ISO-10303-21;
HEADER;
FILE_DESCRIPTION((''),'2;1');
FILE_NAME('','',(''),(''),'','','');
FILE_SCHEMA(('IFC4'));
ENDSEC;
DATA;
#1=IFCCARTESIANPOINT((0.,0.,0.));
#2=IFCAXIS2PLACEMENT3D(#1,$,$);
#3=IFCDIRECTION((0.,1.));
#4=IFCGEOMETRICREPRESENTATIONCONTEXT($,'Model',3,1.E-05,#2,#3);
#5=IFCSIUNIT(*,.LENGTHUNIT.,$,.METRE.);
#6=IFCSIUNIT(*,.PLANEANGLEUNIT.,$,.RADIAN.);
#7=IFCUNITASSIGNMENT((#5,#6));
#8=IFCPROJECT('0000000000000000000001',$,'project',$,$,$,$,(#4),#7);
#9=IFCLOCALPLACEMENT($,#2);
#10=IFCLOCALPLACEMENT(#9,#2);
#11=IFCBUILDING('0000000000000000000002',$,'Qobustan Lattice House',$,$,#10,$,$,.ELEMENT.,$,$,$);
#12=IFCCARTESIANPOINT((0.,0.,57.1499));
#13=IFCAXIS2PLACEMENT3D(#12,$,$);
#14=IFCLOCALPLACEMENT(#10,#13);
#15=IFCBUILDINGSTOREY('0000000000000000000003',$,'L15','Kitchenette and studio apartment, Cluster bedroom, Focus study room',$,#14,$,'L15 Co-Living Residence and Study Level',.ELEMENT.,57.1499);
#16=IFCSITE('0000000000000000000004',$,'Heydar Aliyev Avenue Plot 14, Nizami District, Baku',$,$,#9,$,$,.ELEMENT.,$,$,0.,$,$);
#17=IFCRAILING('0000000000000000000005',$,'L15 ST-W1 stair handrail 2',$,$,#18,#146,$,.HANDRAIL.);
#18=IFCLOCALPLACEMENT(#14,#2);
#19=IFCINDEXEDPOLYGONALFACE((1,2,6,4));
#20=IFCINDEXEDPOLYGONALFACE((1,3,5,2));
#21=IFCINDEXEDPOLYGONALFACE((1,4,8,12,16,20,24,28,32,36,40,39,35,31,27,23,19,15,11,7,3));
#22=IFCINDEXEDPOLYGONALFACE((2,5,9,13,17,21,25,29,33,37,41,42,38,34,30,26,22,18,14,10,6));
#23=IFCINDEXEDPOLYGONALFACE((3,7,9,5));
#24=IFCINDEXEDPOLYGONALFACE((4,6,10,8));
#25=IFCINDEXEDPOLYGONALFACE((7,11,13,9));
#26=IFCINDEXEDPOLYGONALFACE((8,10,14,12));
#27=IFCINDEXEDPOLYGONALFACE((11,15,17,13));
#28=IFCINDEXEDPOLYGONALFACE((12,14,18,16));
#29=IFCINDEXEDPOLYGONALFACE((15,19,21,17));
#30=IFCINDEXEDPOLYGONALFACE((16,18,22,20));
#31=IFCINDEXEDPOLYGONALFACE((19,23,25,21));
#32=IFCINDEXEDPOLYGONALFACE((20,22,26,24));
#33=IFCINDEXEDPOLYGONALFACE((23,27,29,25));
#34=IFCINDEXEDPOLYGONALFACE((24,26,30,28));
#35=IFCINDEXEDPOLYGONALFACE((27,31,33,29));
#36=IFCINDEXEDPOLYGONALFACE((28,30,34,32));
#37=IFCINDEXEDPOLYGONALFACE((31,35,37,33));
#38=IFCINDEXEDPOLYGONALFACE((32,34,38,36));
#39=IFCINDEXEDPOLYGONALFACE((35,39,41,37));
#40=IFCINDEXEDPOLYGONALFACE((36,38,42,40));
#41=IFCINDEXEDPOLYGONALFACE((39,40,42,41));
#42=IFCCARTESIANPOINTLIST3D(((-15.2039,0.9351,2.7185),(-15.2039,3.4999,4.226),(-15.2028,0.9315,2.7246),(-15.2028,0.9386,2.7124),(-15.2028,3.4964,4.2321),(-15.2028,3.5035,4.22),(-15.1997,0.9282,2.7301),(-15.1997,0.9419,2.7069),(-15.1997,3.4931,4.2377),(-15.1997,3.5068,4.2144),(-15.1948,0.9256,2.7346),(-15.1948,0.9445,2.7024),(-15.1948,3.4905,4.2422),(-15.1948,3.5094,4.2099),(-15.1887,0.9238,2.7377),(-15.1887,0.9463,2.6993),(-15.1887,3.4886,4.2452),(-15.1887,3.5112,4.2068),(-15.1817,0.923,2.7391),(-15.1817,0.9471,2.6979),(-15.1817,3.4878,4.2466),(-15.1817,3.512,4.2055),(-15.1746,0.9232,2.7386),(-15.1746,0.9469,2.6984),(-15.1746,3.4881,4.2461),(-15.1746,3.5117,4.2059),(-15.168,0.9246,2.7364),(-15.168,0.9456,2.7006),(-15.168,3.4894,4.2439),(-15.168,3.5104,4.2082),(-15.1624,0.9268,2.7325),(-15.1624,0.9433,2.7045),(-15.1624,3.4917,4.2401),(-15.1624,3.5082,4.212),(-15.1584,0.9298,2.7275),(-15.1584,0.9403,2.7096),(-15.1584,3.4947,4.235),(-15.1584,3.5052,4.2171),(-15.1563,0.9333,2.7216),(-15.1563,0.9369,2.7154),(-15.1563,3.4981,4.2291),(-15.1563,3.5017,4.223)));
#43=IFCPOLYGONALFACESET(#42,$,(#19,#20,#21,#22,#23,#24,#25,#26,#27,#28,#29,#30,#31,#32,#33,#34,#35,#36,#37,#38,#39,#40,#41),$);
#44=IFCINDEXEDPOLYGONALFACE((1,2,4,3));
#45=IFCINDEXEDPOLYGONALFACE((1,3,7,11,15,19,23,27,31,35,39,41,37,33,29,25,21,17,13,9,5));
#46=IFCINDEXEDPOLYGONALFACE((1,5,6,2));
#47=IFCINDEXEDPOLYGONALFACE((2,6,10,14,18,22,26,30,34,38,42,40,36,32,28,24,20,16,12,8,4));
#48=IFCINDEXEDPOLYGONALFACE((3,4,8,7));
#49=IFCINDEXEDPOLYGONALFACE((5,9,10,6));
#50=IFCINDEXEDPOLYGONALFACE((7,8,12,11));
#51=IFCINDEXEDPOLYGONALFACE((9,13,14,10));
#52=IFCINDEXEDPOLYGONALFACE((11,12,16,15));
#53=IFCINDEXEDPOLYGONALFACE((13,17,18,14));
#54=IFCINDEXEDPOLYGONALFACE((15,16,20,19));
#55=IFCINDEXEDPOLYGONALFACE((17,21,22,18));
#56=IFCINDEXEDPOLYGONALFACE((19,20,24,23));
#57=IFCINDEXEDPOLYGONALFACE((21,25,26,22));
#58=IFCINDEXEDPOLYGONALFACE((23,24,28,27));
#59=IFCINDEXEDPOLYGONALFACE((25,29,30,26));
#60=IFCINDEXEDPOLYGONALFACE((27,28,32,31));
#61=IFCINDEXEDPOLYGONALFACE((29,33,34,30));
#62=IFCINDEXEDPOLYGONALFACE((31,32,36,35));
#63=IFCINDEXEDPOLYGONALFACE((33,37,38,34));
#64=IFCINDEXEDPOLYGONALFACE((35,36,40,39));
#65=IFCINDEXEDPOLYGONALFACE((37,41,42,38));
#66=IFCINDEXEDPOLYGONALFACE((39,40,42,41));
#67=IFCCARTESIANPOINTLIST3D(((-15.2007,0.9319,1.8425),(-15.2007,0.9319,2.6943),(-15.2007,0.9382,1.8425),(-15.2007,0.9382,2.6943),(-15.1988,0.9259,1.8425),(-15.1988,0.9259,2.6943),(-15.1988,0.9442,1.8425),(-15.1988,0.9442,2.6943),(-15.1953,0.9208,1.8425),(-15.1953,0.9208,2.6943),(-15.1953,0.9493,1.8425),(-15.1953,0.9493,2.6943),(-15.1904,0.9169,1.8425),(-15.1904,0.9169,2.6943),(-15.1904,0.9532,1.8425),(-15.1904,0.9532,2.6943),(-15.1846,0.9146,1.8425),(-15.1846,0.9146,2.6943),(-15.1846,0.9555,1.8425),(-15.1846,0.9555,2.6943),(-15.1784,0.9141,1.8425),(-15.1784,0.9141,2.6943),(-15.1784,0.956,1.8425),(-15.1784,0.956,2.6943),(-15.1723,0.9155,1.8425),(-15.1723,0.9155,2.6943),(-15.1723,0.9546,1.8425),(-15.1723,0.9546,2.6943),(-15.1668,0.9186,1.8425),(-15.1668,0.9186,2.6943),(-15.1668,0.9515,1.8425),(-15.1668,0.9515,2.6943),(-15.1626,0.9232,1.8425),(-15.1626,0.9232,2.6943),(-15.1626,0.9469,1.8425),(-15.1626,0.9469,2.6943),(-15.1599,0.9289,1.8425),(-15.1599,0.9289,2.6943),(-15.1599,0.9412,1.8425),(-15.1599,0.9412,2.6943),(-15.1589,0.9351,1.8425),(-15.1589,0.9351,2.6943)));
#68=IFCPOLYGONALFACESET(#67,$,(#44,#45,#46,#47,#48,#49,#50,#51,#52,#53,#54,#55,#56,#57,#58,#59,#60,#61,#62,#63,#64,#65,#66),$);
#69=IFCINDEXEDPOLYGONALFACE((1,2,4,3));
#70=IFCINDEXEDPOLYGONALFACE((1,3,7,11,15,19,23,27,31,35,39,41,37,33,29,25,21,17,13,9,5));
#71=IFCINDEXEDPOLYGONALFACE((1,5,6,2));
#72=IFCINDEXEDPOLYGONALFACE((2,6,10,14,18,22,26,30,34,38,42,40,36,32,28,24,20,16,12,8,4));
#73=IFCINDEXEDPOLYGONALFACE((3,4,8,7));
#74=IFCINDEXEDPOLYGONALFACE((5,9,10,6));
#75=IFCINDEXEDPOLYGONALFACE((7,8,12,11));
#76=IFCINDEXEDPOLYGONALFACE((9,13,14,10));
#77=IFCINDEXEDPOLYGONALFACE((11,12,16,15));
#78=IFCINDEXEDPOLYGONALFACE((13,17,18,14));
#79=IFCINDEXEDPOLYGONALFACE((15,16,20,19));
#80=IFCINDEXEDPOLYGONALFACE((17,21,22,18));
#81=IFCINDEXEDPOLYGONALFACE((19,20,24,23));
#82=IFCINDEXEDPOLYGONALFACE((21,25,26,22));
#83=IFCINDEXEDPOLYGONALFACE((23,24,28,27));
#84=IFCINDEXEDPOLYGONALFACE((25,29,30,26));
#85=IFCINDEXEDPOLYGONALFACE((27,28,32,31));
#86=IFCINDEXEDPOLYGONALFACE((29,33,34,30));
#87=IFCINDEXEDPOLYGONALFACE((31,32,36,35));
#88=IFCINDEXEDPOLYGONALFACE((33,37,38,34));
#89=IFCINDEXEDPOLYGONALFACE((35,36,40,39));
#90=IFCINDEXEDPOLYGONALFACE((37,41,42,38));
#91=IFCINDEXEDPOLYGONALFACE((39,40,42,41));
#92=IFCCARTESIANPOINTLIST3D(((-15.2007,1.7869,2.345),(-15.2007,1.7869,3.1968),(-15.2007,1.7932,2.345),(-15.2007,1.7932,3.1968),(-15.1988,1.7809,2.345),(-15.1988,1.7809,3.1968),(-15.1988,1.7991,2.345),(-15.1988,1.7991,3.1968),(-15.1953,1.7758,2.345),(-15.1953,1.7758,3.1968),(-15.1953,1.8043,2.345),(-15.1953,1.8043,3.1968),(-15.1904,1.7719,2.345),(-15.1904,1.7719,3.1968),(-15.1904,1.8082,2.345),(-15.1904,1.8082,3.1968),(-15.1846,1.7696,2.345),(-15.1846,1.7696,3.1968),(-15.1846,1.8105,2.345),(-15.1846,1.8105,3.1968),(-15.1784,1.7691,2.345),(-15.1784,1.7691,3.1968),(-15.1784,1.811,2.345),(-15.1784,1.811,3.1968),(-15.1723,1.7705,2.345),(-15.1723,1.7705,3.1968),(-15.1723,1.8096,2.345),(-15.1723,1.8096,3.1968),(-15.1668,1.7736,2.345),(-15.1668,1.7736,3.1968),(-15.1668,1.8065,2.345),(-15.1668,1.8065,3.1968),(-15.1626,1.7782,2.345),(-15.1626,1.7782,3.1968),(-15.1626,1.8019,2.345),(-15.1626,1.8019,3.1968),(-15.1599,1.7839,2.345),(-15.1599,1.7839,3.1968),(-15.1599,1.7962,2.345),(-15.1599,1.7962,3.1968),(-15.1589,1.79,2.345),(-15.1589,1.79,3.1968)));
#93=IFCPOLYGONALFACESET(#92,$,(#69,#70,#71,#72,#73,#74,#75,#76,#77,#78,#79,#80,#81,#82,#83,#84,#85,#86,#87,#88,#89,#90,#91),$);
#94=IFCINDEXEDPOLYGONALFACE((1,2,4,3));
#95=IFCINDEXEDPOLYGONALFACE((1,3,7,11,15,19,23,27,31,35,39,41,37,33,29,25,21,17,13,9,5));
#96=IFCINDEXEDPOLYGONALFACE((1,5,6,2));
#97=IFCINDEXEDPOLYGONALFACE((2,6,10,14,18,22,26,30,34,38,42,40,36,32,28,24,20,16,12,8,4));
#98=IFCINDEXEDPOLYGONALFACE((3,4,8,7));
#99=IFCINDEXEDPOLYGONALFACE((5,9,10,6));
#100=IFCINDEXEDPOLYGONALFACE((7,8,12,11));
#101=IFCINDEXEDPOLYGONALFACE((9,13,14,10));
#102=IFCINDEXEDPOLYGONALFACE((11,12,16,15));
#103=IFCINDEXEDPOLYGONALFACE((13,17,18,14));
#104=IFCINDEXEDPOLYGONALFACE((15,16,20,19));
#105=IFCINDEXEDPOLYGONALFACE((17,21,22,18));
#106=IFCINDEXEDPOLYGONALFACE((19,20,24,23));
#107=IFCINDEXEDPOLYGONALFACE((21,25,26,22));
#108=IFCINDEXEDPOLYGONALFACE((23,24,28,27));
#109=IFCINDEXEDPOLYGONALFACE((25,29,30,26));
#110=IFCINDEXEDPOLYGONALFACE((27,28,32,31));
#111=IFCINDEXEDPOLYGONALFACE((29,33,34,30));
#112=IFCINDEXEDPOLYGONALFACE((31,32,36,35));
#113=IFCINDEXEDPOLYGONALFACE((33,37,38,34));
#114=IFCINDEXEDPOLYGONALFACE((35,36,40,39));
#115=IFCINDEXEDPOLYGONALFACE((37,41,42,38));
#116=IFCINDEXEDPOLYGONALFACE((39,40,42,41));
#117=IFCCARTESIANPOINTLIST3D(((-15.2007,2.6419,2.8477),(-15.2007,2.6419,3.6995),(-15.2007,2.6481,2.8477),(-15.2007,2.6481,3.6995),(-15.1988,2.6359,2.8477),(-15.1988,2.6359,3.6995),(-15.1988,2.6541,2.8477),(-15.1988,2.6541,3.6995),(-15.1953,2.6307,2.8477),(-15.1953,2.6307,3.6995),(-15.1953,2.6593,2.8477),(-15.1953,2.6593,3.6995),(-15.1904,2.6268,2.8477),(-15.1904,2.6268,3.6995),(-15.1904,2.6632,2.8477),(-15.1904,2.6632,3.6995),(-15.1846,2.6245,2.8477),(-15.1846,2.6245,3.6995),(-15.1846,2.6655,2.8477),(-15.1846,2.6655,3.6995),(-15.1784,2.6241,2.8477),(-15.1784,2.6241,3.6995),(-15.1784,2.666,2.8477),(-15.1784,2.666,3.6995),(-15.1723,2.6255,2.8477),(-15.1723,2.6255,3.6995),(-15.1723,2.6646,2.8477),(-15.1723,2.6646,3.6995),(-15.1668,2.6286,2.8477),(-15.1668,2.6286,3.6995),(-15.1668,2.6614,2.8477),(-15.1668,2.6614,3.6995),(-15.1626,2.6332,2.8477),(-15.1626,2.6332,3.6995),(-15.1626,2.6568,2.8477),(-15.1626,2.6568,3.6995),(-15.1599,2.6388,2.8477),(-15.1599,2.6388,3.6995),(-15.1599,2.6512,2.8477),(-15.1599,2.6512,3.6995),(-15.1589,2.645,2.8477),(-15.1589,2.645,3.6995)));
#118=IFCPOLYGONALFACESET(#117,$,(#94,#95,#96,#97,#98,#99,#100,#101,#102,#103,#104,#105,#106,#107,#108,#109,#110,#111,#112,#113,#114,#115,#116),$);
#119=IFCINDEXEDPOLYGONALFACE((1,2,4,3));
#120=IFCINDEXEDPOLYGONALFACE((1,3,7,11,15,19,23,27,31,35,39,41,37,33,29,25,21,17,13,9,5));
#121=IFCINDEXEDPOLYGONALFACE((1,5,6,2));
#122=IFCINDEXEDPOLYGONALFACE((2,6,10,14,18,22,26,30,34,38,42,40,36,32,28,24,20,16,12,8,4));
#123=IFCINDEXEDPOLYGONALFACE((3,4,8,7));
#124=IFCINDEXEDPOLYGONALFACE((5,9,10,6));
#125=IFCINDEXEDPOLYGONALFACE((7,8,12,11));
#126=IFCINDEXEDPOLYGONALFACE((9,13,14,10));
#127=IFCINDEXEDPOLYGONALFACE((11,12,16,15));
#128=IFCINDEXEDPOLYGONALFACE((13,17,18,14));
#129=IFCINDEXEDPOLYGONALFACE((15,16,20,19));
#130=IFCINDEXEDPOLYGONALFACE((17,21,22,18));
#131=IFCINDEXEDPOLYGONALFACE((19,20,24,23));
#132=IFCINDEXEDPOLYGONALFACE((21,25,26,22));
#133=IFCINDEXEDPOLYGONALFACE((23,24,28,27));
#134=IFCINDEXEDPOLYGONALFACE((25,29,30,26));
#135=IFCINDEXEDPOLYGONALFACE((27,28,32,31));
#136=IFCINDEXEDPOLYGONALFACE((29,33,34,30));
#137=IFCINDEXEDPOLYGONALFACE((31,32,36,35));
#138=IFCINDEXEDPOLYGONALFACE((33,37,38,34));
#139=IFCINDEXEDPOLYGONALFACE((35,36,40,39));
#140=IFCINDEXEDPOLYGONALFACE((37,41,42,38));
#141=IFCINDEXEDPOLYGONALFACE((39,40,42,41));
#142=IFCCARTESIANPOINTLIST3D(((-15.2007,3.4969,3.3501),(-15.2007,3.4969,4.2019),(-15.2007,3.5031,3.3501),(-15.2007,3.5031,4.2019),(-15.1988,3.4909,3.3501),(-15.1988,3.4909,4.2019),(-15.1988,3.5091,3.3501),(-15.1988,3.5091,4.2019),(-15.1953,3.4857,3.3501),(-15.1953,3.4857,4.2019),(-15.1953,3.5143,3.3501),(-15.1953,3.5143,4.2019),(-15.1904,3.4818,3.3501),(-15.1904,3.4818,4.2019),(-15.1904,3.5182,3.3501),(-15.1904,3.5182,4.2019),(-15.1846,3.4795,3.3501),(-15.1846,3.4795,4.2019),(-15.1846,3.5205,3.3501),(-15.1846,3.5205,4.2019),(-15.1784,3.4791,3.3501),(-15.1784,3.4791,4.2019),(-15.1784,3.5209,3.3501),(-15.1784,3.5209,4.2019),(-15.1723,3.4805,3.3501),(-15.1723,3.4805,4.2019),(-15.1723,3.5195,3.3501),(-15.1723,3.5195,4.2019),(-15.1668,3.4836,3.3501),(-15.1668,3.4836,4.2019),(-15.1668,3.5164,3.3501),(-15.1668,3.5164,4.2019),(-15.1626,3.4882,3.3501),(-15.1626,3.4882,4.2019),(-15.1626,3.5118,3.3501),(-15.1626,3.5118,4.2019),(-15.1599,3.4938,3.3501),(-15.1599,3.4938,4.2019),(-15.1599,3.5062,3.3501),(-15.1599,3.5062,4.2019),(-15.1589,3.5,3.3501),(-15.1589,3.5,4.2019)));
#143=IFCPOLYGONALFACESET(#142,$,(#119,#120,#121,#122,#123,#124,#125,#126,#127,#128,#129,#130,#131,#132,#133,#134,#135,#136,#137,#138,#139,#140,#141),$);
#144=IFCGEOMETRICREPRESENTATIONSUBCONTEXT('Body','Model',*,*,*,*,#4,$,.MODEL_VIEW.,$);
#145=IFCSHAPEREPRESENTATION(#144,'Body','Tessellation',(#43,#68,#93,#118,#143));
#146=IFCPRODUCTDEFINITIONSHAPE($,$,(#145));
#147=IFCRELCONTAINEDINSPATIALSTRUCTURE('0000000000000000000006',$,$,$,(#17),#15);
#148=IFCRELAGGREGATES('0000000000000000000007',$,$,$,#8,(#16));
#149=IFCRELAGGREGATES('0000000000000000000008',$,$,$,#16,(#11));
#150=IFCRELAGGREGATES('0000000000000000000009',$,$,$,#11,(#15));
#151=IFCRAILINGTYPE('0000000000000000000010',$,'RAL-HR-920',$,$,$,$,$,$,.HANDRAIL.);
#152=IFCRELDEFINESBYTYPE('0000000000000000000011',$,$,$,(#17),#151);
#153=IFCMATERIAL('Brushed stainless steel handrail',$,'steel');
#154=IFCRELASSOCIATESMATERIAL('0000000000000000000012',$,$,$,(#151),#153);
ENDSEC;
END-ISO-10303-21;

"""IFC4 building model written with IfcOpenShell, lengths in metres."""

from ifc_helpers import new_model, si_unit, direction, frame, origin, origin_2d, place, context, subcontext, project, spatial, circle, extrude, material, type_object, element, save


model = new_model("IFC4")

# Units and contexts
model_context = context("Model", 3, precision=1e-05, world=origin(), true_north=direction((0.0, 1.0)))
body_context = subcontext(model_context, "Body", "Model", "MODEL_VIEW")
ifc_project = project(units=[si_unit("LENGTHUNIT", "METRE"), si_unit("PLANEANGLEUNIT", "RADIAN")], contexts=[model_context])

# Site, building, storey
site_placement = place(None, origin())
site = spatial("IfcSite", under=ifc_project, at=site_placement, Name="Heydar Aliyev Avenue Plot 14, Nizami District, Baku", CompositionType="ELEMENT", RefElevation=0.0)
building_placement = place(site_placement, origin())
building = spatial("IfcBuilding", under=site, at=building_placement, Name="Qobustan Lattice House", CompositionType="ELEMENT")
storey_placement = place(building_placement, frame((0.0, 0.0, 57.1499)))
storey = spatial("IfcBuildingStorey", under=building, at=storey_placement, Name="L15", Description="Kitchenette and studio apartment, Cluster bedroom, Focus study room", LongName="L15 Co-Living Residence and Study Level", CompositionType="ELEMENT", Elevation=57.1499)

# Railing
ifc_material_1 = material(Name="Brushed stainless steel handrail", Category="steel")
railing_type_1 = type_object("IfcRailingType", Name="RAL-HR-920", PredefinedType="HANDRAIL", material=ifc_material_1)
railing_1_placement = place(storey_placement, frame((-15.1799, 0.9351, 1.8425)))
element("IfcRailing", 1, at=railing_1_placement, inside=storey, type_object=railing_type_1, Name="L15 ST-W1 stair handrail 2", PredefinedType="HANDRAIL", context=body_context, shape_type="SweptSolid", body=[
    extrude(circle(Radius=0.0239, at=origin_2d()), frame((0.0, 0.0, 0.876), z_axis=(0.0, 0.862113, 0.506715), x_axis=(-1.0, 0.0, 0.0)), (0.0, 0.0, 1.0), 2.9751),
    extrude(circle(Radius=0.021, at=origin_2d()), origin(), (0.0, 0.0, 1.0), 0.8518),
    extrude(circle(Radius=0.021, at=origin_2d()), frame((0.0, 0.855, 0.5024)), (0.0, 0.0, 1.0), 0.8518),
    extrude(circle(Radius=0.021, at=origin_2d()), frame((0.0, 1.71, 1.0051)), (0.0, 0.0, 1.0), 0.8518),
    extrude(circle(Radius=0.021, at=origin_2d()), frame((0.0, 2.5649, 1.5076)), (0.0, 0.0, 1.0), 0.8518),
])

save(model, "model.ifc")
